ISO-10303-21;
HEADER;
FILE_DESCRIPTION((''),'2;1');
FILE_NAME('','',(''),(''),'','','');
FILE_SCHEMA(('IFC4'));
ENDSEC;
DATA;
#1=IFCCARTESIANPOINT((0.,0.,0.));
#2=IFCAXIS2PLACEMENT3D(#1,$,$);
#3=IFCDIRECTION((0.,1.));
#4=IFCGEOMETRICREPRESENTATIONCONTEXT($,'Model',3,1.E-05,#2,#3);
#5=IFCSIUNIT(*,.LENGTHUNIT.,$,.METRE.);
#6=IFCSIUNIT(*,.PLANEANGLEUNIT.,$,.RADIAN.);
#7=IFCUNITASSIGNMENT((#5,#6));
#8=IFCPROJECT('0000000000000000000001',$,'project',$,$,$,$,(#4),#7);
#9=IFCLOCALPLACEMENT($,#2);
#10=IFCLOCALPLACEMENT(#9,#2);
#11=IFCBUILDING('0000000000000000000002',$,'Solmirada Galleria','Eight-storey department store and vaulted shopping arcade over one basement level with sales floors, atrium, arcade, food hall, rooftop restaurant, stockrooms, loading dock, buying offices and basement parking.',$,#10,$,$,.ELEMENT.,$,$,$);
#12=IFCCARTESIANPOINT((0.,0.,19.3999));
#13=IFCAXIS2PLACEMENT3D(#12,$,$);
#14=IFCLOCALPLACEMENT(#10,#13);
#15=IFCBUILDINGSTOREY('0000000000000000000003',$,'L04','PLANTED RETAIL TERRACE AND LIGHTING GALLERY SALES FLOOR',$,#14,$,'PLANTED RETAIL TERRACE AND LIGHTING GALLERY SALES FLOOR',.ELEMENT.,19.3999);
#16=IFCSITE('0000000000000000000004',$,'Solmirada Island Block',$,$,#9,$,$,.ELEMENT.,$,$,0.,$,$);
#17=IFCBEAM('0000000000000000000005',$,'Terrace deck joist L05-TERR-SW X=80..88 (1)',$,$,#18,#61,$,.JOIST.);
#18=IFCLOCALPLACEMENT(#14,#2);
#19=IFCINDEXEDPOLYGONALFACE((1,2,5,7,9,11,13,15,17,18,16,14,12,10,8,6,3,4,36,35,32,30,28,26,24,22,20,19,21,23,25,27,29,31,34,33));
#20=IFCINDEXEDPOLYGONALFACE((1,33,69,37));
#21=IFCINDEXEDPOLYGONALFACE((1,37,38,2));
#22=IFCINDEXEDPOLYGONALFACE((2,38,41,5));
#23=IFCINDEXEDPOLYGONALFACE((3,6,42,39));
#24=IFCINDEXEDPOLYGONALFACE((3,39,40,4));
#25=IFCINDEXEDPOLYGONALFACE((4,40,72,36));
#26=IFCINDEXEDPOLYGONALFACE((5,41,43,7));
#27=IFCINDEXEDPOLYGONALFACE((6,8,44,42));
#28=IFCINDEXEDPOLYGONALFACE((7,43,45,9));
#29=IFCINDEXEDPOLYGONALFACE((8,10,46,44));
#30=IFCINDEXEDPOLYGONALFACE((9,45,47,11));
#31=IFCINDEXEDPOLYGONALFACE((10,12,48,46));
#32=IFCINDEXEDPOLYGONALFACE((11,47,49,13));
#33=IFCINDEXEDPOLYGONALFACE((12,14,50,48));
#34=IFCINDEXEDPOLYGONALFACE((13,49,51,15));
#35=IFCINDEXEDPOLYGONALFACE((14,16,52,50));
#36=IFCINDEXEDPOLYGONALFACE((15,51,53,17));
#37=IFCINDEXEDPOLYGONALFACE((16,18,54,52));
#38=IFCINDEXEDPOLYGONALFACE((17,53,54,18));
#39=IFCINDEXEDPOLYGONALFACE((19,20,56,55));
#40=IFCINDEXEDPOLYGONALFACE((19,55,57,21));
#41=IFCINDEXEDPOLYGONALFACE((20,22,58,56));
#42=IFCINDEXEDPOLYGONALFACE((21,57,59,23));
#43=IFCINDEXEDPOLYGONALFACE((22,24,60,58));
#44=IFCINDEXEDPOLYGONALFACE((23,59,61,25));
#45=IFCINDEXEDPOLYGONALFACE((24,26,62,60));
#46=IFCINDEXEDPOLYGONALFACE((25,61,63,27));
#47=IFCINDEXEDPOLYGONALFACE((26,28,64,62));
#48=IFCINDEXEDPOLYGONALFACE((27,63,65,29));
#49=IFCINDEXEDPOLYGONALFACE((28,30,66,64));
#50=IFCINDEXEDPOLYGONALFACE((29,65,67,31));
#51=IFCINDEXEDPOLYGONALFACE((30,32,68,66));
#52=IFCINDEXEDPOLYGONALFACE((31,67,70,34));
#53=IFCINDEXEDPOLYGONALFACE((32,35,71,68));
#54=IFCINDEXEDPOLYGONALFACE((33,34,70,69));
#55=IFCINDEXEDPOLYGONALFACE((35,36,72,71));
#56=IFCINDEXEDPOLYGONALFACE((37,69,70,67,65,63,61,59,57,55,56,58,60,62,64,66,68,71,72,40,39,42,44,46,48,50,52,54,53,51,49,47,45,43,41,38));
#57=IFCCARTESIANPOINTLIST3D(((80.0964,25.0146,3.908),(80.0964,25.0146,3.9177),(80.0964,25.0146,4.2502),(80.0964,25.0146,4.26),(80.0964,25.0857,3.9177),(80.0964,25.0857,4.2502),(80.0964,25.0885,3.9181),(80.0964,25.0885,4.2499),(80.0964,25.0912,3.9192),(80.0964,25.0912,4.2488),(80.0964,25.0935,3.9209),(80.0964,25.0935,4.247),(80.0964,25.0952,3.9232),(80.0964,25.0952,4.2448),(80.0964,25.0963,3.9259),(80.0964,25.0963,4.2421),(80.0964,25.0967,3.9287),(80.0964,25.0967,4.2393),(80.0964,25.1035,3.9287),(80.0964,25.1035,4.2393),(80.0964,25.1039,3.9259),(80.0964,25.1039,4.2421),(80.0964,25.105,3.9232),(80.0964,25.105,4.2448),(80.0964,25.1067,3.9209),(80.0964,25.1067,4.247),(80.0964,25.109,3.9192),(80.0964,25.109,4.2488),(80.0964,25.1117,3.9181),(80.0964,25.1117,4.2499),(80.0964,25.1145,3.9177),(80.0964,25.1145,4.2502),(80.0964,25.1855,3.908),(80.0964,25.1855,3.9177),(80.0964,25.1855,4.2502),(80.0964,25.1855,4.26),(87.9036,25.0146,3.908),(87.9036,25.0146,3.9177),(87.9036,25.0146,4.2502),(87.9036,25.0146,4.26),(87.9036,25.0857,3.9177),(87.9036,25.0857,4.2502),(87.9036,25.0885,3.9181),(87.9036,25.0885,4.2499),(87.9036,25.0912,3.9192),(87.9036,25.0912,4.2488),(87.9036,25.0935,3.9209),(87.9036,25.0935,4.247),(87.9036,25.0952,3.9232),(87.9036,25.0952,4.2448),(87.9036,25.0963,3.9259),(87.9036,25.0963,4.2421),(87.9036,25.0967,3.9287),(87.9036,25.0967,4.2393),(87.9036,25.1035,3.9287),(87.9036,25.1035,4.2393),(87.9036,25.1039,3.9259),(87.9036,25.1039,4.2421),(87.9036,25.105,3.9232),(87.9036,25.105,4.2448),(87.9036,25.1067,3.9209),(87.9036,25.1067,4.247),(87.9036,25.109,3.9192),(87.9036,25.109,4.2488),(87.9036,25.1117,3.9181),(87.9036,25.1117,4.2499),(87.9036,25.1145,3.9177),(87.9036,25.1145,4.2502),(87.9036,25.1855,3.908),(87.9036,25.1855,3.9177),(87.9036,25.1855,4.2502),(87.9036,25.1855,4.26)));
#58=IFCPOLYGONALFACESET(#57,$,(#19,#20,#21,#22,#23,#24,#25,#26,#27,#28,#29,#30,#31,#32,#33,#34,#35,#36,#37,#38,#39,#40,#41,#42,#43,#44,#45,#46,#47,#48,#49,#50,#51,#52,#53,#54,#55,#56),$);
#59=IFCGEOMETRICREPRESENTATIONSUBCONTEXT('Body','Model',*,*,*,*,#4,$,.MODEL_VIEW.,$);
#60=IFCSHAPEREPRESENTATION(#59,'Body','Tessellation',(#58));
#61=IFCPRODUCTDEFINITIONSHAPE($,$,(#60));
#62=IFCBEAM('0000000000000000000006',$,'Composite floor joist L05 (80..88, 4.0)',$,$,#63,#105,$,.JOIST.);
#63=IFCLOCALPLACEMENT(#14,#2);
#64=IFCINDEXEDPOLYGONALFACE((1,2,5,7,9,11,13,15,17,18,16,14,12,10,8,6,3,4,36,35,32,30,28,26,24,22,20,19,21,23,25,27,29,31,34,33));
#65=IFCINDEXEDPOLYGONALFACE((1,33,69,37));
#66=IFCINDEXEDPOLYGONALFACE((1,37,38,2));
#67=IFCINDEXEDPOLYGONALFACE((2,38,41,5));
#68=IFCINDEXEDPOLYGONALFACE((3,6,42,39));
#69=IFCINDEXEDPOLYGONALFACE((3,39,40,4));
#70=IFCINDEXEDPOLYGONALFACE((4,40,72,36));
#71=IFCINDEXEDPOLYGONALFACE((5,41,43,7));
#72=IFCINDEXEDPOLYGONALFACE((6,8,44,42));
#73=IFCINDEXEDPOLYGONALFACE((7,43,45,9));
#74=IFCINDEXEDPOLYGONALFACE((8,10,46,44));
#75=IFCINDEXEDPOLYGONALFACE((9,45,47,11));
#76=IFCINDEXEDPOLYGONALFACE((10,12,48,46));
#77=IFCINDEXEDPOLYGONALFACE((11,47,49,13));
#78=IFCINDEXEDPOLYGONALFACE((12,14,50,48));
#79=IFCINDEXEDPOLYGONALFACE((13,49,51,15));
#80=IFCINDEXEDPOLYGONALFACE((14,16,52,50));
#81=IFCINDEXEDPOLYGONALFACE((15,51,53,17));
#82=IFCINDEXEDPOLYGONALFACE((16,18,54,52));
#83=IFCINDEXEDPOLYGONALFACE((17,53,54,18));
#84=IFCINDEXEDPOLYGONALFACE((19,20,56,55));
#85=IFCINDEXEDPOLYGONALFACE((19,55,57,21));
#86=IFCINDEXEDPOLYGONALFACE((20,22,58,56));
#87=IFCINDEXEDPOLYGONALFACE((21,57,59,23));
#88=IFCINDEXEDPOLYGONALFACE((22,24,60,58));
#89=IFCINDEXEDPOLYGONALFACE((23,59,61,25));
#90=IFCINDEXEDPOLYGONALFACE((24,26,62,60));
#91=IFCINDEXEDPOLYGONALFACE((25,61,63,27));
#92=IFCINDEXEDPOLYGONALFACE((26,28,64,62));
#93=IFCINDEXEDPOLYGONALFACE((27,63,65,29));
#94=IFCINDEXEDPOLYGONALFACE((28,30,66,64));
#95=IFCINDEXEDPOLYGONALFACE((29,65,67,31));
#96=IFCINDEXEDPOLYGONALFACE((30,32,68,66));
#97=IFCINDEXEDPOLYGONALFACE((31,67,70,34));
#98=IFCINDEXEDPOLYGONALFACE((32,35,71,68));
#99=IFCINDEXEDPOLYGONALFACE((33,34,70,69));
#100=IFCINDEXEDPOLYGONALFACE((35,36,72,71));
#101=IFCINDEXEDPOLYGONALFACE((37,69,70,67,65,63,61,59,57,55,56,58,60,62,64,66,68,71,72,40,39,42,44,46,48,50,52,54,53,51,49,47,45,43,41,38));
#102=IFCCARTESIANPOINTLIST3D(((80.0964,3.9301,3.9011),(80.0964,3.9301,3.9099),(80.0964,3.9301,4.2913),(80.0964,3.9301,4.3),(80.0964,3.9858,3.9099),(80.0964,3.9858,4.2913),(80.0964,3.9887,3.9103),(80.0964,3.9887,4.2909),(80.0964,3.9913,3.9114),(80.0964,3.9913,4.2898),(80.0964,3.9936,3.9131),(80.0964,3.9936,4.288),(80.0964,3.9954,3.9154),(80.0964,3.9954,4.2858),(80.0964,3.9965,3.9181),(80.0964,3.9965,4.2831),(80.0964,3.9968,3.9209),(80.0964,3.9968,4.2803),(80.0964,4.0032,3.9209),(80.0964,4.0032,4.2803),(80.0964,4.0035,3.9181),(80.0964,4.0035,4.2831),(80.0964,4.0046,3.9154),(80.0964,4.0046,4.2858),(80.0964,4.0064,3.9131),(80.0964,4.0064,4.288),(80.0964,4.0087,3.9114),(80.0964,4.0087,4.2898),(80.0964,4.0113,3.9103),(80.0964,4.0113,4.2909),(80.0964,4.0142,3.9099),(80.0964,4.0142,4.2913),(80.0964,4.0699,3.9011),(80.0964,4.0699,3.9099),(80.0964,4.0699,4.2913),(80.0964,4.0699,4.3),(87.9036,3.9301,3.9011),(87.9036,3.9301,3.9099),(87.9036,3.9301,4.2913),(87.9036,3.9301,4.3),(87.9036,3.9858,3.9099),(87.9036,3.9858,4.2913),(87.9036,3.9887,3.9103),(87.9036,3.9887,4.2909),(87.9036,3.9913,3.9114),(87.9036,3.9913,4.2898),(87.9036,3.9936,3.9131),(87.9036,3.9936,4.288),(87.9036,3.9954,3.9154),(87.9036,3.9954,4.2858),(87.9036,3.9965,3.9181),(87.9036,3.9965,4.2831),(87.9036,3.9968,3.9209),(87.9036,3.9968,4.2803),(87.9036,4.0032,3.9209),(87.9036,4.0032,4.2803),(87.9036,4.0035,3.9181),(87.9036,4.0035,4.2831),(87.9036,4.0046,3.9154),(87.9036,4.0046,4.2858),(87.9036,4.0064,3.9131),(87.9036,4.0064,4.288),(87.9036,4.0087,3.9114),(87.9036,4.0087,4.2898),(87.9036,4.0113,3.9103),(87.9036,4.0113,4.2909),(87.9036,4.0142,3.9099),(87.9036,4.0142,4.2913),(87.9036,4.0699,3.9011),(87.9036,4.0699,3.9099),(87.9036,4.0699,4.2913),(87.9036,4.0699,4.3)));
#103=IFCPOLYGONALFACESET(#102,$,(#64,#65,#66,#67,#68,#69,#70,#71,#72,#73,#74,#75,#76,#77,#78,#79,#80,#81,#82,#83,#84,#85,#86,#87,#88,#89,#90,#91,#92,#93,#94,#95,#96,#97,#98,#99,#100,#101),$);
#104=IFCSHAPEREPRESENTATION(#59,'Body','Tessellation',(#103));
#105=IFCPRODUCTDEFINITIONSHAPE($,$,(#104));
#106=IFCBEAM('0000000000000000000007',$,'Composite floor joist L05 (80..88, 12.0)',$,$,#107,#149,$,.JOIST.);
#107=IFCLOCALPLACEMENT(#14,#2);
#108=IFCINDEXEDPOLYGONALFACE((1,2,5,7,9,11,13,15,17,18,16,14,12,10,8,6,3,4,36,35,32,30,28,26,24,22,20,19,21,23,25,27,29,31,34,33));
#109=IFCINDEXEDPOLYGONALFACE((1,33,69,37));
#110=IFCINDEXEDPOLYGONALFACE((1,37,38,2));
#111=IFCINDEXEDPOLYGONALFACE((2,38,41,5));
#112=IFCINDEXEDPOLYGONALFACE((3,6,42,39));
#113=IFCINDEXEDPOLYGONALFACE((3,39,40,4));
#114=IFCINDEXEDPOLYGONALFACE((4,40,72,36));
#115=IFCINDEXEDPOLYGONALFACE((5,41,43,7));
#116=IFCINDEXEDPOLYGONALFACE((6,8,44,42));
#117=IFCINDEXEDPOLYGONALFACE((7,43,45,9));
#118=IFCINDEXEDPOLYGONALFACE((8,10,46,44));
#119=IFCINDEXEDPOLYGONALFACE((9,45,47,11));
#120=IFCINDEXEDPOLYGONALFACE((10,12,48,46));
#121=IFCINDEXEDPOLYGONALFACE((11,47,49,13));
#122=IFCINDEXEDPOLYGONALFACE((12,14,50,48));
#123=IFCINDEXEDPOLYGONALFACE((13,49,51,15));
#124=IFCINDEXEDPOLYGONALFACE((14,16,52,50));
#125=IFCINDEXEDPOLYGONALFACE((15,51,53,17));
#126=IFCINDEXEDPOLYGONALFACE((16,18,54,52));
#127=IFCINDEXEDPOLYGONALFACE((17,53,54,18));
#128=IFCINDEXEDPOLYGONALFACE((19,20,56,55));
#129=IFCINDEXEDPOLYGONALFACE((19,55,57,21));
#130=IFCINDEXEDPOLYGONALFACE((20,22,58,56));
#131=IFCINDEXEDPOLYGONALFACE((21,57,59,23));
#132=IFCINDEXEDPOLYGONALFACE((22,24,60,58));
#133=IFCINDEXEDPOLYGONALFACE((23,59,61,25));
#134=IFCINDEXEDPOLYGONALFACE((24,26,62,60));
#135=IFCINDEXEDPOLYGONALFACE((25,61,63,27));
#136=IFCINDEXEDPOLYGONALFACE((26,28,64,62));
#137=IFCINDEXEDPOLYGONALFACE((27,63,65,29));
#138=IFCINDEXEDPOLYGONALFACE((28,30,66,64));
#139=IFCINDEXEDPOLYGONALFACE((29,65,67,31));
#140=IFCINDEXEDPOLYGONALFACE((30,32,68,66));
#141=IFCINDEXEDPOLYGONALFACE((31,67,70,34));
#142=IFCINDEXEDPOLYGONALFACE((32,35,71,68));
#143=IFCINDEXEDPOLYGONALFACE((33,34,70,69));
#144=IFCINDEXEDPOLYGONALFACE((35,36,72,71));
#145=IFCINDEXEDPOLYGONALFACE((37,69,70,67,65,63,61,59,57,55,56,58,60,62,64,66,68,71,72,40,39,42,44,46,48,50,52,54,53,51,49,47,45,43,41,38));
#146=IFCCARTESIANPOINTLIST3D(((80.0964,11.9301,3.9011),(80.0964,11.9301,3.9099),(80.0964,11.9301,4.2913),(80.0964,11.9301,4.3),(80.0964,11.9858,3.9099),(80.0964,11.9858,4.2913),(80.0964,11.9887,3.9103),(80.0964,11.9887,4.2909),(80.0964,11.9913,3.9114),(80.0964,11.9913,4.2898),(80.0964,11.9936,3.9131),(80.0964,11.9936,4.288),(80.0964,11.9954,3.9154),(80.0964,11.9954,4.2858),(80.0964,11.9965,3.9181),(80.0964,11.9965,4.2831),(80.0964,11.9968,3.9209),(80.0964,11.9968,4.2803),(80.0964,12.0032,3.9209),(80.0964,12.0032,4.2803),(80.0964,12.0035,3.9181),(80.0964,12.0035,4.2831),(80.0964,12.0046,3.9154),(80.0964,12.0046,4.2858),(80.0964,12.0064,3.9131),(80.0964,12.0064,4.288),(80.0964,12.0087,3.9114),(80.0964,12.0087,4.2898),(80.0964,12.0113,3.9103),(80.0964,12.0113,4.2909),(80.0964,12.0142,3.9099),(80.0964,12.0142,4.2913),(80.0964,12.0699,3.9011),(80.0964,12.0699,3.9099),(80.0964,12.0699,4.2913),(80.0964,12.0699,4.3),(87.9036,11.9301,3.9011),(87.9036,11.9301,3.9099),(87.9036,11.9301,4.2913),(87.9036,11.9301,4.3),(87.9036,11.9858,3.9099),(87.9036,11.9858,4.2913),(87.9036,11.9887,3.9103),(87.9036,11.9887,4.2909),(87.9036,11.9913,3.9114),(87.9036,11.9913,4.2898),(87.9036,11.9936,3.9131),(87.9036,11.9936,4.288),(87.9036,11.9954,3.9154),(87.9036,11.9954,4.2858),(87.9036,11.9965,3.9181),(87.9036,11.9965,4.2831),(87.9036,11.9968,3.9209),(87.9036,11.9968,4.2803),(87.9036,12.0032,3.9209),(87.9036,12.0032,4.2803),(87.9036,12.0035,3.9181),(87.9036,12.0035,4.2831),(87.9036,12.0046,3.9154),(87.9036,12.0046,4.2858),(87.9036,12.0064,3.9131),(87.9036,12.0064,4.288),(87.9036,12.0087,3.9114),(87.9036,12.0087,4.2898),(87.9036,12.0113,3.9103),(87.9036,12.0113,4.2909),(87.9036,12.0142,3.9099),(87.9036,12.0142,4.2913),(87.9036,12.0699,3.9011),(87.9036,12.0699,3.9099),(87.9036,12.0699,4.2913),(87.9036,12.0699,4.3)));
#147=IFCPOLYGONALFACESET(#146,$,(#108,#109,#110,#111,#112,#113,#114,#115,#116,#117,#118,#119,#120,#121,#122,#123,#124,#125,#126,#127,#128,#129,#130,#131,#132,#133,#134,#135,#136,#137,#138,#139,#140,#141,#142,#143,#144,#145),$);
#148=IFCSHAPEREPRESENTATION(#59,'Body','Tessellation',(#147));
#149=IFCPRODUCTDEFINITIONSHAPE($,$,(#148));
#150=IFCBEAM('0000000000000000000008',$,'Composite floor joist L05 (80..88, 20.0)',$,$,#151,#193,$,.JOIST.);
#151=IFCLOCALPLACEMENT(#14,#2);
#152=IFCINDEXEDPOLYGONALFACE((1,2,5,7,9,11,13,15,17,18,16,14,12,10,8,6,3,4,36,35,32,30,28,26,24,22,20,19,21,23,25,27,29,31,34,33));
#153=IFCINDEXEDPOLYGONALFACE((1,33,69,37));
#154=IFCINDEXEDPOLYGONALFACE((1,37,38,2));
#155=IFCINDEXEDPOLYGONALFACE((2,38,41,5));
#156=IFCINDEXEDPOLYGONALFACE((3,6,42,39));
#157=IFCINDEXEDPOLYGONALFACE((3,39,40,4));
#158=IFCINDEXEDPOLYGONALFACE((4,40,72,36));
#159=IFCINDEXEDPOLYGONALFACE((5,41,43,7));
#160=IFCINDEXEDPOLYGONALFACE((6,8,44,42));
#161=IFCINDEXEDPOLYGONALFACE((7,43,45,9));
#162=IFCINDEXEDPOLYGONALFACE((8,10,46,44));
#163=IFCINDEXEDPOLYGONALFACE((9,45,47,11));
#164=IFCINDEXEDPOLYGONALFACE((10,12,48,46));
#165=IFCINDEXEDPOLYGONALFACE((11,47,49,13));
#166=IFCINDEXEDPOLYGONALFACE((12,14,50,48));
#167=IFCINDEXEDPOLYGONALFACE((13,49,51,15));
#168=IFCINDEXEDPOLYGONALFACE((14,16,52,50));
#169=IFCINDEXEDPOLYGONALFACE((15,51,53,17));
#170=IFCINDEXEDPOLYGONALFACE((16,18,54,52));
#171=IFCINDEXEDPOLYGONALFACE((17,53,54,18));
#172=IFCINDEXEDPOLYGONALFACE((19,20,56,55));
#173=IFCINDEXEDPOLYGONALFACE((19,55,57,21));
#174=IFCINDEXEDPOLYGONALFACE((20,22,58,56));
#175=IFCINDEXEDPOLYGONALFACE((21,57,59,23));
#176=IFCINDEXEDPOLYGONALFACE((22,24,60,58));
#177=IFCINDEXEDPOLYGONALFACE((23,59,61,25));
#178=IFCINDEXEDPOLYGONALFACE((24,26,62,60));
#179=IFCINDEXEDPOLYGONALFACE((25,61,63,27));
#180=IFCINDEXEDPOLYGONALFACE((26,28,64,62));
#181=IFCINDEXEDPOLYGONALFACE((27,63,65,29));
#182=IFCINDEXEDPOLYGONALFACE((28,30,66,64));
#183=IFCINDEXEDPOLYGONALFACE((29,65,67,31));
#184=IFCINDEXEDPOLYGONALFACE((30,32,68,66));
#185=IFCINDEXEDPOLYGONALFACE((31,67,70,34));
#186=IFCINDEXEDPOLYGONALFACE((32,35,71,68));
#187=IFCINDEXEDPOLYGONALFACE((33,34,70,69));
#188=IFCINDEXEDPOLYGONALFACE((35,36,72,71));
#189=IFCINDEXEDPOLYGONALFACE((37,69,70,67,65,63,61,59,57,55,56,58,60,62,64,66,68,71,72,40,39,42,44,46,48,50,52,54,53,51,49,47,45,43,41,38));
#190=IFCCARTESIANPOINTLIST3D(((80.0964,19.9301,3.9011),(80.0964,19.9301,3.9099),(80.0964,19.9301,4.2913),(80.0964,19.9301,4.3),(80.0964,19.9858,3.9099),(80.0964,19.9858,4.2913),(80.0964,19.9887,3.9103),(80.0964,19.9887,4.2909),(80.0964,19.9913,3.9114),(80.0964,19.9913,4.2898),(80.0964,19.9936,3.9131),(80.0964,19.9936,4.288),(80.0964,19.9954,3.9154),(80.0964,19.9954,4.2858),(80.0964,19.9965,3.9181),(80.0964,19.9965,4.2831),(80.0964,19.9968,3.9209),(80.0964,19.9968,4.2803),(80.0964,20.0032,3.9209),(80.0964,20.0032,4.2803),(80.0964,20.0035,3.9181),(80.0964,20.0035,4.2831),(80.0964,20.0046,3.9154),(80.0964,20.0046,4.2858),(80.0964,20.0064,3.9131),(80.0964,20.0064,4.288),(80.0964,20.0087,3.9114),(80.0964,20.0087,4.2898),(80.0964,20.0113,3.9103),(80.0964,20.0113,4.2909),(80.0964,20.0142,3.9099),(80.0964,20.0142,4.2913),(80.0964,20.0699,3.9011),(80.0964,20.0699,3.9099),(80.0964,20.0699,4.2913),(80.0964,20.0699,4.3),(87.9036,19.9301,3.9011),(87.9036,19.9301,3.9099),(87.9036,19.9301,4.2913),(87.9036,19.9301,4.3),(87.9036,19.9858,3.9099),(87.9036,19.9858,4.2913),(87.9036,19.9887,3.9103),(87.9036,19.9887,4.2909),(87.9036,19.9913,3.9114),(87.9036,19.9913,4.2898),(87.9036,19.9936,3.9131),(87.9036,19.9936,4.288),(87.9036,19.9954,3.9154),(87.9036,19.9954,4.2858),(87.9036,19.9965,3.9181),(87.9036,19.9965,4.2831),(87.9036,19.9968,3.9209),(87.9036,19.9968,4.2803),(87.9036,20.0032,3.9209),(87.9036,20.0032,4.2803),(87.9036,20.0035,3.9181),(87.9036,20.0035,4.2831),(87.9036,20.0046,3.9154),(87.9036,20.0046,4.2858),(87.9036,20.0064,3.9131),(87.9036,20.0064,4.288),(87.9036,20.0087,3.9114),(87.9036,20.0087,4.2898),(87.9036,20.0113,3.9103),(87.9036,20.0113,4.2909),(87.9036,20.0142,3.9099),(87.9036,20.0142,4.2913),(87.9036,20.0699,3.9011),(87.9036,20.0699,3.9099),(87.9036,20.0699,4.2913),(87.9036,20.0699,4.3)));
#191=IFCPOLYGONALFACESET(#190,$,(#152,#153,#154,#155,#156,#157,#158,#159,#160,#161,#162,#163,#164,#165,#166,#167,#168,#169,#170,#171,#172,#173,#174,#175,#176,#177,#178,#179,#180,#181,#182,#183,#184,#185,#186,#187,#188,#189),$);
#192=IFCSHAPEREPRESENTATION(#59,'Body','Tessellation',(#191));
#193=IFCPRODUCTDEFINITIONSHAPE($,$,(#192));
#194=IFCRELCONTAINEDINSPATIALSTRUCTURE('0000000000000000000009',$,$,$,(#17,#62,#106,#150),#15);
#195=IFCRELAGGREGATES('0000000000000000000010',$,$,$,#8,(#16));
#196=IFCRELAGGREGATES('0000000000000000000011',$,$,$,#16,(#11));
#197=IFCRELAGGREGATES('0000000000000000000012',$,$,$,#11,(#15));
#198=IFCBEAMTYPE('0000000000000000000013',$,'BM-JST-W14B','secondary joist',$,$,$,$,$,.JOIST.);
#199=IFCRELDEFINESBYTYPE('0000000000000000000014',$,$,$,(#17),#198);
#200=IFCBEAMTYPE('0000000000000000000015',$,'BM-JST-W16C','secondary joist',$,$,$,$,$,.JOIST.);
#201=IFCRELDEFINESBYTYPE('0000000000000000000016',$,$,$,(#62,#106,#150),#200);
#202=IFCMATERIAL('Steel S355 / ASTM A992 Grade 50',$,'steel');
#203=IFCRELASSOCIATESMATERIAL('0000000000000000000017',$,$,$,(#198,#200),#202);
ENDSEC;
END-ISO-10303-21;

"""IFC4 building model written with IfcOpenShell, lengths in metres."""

from ifc_helpers import new_model, si_unit, direction, frame, origin, origin_2d, place, context, subcontext, project, spatial, i_section, extrude, material, material_profile, profile_set, type_object, element, save


model = new_model("IFC4")

# Units and contexts
model_context = context("Model", 3, precision=1e-05, world=origin(), true_north=direction((0.0, 1.0)))
body_context = subcontext(model_context, "Body", "Model", "MODEL_VIEW")
ifc_project = project(units=[si_unit("LENGTHUNIT", "METRE"), si_unit("PLANEANGLEUNIT", "RADIAN")], contexts=[model_context])

# Site, building, storey
site_placement = place(None, origin())
site = spatial("IfcSite", under=ifc_project, at=site_placement, Name="Solmirada Island Block", CompositionType="ELEMENT", RefElevation=0.0)
building_placement = place(site_placement, origin())
building = spatial("IfcBuilding", under=site, at=building_placement, Name="Solmirada Galleria", Description="Eight-storey department store and vaulted shopping arcade over one basement level with sales floors, atrium, arcade, food hall, rooftop restaurant, stockrooms, loading dock, buying offices and basement parking.", CompositionType="ELEMENT")
storey_placement = place(building_placement, frame((0.0, 0.0, 19.3999)))
storey = spatial("IfcBuildingStorey", under=building, at=storey_placement, Name="L04", Description="PLANTED RETAIL TERRACE AND LIGHTING GALLERY SALES FLOOR", LongName="PLANTED RETAIL TERRACE AND LIGHTING GALLERY SALES FLOOR", CompositionType="ELEMENT", Elevation=19.3999)

# Beams
ifc_material_1 = material(Name="Steel S355 / ASTM A992 Grade 50", Category="steel")
ifc_material_profile_1 = material_profile(ifc_material_1, i_section(OverallWidth=0.1709, OverallDepth=0.3521, WebThickness=0.0068, FlangeThickness=0.0098, FilletRadius=0.011, at=origin_2d()), Name="W14X30")
ifc_profile_set_1 = profile_set([ifc_material_profile_1], Name="Steel S355 / ASTM A992 Grade 50")
beam_type_1 = type_object("IfcBeamType", Name="BM-JST-W14B", Description="secondary joist", PredefinedType="JOIST", material=ifc_profile_set_1)
beam_1_placement = place(storey_placement, frame((80.0964, 25.1001, 4.084), z_axis=(1.0, 0.0, 0.0), x_axis=(0.0, 1.0, 0.0)))
element("IfcBeam", 1, at=beam_1_placement, inside=storey, type_object=beam_type_1, Name="Terrace deck joist L05-TERR-SW X=80..88 (1)", PredefinedType="JOIST", context=body_context, shape_type="SweptSolid", body=[
    extrude(i_section(OverallWidth=0.1709, OverallDepth=0.3521, WebThickness=0.0068, FlangeThickness=0.0098, FilletRadius=0.011, at=origin_2d()), origin(), (0.0, 0.0, 1.0), 7.8071),
])
ifc_material_profile_2 = material_profile(ifc_material_1, i_section(OverallWidth=0.1399, OverallDepth=0.3989, WebThickness=0.0063, FlangeThickness=0.0088, FilletRadius=0.011, at=origin_2d()), Name="W16X26")
ifc_profile_set_2 = profile_set([ifc_material_profile_2], Name="Steel S355 / ASTM A992 Grade 50")
beam_type_2 = type_object("IfcBeamType", Name="BM-JST-W16C", Description="secondary joist", PredefinedType="JOIST", material=ifc_profile_set_2)
for number, where, z_axis, x_axis, name in (
    (2, (80.0964, 4.0, 4.1006), (1.0, 0.0, 0.0), (0.0, 1.0, 0.0), "Composite floor joist L05 (80..88, 4.0)"),
    (3, (80.0964, 12.0, 4.1006), (1.0, 0.0, 0.0), (0.0, 1.0, 0.0), "Composite floor joist L05 (80..88, 12.0)"),
    (4, (80.0964, 20.0, 4.1006), (1.0, 0.0, 0.0), (0.0, 1.0, 0.0), "Composite floor joist L05 (80..88, 20.0)"),
):
    element("IfcBeam", number, at=place(storey_placement, frame(where, z_axis=z_axis, x_axis=x_axis)), inside=storey, type_object=beam_type_2, Name=name, PredefinedType="JOIST", context=body_context, shape_type="SweptSolid", body=[
        extrude(i_section(OverallWidth=0.1399, OverallDepth=0.3989, WebThickness=0.0063, FlangeThickness=0.0088, FilletRadius=0.011, at=origin_2d()), origin(), (0.0, 0.0, 1.0), 7.8071),
    ])

save(model, "model.ifc")
